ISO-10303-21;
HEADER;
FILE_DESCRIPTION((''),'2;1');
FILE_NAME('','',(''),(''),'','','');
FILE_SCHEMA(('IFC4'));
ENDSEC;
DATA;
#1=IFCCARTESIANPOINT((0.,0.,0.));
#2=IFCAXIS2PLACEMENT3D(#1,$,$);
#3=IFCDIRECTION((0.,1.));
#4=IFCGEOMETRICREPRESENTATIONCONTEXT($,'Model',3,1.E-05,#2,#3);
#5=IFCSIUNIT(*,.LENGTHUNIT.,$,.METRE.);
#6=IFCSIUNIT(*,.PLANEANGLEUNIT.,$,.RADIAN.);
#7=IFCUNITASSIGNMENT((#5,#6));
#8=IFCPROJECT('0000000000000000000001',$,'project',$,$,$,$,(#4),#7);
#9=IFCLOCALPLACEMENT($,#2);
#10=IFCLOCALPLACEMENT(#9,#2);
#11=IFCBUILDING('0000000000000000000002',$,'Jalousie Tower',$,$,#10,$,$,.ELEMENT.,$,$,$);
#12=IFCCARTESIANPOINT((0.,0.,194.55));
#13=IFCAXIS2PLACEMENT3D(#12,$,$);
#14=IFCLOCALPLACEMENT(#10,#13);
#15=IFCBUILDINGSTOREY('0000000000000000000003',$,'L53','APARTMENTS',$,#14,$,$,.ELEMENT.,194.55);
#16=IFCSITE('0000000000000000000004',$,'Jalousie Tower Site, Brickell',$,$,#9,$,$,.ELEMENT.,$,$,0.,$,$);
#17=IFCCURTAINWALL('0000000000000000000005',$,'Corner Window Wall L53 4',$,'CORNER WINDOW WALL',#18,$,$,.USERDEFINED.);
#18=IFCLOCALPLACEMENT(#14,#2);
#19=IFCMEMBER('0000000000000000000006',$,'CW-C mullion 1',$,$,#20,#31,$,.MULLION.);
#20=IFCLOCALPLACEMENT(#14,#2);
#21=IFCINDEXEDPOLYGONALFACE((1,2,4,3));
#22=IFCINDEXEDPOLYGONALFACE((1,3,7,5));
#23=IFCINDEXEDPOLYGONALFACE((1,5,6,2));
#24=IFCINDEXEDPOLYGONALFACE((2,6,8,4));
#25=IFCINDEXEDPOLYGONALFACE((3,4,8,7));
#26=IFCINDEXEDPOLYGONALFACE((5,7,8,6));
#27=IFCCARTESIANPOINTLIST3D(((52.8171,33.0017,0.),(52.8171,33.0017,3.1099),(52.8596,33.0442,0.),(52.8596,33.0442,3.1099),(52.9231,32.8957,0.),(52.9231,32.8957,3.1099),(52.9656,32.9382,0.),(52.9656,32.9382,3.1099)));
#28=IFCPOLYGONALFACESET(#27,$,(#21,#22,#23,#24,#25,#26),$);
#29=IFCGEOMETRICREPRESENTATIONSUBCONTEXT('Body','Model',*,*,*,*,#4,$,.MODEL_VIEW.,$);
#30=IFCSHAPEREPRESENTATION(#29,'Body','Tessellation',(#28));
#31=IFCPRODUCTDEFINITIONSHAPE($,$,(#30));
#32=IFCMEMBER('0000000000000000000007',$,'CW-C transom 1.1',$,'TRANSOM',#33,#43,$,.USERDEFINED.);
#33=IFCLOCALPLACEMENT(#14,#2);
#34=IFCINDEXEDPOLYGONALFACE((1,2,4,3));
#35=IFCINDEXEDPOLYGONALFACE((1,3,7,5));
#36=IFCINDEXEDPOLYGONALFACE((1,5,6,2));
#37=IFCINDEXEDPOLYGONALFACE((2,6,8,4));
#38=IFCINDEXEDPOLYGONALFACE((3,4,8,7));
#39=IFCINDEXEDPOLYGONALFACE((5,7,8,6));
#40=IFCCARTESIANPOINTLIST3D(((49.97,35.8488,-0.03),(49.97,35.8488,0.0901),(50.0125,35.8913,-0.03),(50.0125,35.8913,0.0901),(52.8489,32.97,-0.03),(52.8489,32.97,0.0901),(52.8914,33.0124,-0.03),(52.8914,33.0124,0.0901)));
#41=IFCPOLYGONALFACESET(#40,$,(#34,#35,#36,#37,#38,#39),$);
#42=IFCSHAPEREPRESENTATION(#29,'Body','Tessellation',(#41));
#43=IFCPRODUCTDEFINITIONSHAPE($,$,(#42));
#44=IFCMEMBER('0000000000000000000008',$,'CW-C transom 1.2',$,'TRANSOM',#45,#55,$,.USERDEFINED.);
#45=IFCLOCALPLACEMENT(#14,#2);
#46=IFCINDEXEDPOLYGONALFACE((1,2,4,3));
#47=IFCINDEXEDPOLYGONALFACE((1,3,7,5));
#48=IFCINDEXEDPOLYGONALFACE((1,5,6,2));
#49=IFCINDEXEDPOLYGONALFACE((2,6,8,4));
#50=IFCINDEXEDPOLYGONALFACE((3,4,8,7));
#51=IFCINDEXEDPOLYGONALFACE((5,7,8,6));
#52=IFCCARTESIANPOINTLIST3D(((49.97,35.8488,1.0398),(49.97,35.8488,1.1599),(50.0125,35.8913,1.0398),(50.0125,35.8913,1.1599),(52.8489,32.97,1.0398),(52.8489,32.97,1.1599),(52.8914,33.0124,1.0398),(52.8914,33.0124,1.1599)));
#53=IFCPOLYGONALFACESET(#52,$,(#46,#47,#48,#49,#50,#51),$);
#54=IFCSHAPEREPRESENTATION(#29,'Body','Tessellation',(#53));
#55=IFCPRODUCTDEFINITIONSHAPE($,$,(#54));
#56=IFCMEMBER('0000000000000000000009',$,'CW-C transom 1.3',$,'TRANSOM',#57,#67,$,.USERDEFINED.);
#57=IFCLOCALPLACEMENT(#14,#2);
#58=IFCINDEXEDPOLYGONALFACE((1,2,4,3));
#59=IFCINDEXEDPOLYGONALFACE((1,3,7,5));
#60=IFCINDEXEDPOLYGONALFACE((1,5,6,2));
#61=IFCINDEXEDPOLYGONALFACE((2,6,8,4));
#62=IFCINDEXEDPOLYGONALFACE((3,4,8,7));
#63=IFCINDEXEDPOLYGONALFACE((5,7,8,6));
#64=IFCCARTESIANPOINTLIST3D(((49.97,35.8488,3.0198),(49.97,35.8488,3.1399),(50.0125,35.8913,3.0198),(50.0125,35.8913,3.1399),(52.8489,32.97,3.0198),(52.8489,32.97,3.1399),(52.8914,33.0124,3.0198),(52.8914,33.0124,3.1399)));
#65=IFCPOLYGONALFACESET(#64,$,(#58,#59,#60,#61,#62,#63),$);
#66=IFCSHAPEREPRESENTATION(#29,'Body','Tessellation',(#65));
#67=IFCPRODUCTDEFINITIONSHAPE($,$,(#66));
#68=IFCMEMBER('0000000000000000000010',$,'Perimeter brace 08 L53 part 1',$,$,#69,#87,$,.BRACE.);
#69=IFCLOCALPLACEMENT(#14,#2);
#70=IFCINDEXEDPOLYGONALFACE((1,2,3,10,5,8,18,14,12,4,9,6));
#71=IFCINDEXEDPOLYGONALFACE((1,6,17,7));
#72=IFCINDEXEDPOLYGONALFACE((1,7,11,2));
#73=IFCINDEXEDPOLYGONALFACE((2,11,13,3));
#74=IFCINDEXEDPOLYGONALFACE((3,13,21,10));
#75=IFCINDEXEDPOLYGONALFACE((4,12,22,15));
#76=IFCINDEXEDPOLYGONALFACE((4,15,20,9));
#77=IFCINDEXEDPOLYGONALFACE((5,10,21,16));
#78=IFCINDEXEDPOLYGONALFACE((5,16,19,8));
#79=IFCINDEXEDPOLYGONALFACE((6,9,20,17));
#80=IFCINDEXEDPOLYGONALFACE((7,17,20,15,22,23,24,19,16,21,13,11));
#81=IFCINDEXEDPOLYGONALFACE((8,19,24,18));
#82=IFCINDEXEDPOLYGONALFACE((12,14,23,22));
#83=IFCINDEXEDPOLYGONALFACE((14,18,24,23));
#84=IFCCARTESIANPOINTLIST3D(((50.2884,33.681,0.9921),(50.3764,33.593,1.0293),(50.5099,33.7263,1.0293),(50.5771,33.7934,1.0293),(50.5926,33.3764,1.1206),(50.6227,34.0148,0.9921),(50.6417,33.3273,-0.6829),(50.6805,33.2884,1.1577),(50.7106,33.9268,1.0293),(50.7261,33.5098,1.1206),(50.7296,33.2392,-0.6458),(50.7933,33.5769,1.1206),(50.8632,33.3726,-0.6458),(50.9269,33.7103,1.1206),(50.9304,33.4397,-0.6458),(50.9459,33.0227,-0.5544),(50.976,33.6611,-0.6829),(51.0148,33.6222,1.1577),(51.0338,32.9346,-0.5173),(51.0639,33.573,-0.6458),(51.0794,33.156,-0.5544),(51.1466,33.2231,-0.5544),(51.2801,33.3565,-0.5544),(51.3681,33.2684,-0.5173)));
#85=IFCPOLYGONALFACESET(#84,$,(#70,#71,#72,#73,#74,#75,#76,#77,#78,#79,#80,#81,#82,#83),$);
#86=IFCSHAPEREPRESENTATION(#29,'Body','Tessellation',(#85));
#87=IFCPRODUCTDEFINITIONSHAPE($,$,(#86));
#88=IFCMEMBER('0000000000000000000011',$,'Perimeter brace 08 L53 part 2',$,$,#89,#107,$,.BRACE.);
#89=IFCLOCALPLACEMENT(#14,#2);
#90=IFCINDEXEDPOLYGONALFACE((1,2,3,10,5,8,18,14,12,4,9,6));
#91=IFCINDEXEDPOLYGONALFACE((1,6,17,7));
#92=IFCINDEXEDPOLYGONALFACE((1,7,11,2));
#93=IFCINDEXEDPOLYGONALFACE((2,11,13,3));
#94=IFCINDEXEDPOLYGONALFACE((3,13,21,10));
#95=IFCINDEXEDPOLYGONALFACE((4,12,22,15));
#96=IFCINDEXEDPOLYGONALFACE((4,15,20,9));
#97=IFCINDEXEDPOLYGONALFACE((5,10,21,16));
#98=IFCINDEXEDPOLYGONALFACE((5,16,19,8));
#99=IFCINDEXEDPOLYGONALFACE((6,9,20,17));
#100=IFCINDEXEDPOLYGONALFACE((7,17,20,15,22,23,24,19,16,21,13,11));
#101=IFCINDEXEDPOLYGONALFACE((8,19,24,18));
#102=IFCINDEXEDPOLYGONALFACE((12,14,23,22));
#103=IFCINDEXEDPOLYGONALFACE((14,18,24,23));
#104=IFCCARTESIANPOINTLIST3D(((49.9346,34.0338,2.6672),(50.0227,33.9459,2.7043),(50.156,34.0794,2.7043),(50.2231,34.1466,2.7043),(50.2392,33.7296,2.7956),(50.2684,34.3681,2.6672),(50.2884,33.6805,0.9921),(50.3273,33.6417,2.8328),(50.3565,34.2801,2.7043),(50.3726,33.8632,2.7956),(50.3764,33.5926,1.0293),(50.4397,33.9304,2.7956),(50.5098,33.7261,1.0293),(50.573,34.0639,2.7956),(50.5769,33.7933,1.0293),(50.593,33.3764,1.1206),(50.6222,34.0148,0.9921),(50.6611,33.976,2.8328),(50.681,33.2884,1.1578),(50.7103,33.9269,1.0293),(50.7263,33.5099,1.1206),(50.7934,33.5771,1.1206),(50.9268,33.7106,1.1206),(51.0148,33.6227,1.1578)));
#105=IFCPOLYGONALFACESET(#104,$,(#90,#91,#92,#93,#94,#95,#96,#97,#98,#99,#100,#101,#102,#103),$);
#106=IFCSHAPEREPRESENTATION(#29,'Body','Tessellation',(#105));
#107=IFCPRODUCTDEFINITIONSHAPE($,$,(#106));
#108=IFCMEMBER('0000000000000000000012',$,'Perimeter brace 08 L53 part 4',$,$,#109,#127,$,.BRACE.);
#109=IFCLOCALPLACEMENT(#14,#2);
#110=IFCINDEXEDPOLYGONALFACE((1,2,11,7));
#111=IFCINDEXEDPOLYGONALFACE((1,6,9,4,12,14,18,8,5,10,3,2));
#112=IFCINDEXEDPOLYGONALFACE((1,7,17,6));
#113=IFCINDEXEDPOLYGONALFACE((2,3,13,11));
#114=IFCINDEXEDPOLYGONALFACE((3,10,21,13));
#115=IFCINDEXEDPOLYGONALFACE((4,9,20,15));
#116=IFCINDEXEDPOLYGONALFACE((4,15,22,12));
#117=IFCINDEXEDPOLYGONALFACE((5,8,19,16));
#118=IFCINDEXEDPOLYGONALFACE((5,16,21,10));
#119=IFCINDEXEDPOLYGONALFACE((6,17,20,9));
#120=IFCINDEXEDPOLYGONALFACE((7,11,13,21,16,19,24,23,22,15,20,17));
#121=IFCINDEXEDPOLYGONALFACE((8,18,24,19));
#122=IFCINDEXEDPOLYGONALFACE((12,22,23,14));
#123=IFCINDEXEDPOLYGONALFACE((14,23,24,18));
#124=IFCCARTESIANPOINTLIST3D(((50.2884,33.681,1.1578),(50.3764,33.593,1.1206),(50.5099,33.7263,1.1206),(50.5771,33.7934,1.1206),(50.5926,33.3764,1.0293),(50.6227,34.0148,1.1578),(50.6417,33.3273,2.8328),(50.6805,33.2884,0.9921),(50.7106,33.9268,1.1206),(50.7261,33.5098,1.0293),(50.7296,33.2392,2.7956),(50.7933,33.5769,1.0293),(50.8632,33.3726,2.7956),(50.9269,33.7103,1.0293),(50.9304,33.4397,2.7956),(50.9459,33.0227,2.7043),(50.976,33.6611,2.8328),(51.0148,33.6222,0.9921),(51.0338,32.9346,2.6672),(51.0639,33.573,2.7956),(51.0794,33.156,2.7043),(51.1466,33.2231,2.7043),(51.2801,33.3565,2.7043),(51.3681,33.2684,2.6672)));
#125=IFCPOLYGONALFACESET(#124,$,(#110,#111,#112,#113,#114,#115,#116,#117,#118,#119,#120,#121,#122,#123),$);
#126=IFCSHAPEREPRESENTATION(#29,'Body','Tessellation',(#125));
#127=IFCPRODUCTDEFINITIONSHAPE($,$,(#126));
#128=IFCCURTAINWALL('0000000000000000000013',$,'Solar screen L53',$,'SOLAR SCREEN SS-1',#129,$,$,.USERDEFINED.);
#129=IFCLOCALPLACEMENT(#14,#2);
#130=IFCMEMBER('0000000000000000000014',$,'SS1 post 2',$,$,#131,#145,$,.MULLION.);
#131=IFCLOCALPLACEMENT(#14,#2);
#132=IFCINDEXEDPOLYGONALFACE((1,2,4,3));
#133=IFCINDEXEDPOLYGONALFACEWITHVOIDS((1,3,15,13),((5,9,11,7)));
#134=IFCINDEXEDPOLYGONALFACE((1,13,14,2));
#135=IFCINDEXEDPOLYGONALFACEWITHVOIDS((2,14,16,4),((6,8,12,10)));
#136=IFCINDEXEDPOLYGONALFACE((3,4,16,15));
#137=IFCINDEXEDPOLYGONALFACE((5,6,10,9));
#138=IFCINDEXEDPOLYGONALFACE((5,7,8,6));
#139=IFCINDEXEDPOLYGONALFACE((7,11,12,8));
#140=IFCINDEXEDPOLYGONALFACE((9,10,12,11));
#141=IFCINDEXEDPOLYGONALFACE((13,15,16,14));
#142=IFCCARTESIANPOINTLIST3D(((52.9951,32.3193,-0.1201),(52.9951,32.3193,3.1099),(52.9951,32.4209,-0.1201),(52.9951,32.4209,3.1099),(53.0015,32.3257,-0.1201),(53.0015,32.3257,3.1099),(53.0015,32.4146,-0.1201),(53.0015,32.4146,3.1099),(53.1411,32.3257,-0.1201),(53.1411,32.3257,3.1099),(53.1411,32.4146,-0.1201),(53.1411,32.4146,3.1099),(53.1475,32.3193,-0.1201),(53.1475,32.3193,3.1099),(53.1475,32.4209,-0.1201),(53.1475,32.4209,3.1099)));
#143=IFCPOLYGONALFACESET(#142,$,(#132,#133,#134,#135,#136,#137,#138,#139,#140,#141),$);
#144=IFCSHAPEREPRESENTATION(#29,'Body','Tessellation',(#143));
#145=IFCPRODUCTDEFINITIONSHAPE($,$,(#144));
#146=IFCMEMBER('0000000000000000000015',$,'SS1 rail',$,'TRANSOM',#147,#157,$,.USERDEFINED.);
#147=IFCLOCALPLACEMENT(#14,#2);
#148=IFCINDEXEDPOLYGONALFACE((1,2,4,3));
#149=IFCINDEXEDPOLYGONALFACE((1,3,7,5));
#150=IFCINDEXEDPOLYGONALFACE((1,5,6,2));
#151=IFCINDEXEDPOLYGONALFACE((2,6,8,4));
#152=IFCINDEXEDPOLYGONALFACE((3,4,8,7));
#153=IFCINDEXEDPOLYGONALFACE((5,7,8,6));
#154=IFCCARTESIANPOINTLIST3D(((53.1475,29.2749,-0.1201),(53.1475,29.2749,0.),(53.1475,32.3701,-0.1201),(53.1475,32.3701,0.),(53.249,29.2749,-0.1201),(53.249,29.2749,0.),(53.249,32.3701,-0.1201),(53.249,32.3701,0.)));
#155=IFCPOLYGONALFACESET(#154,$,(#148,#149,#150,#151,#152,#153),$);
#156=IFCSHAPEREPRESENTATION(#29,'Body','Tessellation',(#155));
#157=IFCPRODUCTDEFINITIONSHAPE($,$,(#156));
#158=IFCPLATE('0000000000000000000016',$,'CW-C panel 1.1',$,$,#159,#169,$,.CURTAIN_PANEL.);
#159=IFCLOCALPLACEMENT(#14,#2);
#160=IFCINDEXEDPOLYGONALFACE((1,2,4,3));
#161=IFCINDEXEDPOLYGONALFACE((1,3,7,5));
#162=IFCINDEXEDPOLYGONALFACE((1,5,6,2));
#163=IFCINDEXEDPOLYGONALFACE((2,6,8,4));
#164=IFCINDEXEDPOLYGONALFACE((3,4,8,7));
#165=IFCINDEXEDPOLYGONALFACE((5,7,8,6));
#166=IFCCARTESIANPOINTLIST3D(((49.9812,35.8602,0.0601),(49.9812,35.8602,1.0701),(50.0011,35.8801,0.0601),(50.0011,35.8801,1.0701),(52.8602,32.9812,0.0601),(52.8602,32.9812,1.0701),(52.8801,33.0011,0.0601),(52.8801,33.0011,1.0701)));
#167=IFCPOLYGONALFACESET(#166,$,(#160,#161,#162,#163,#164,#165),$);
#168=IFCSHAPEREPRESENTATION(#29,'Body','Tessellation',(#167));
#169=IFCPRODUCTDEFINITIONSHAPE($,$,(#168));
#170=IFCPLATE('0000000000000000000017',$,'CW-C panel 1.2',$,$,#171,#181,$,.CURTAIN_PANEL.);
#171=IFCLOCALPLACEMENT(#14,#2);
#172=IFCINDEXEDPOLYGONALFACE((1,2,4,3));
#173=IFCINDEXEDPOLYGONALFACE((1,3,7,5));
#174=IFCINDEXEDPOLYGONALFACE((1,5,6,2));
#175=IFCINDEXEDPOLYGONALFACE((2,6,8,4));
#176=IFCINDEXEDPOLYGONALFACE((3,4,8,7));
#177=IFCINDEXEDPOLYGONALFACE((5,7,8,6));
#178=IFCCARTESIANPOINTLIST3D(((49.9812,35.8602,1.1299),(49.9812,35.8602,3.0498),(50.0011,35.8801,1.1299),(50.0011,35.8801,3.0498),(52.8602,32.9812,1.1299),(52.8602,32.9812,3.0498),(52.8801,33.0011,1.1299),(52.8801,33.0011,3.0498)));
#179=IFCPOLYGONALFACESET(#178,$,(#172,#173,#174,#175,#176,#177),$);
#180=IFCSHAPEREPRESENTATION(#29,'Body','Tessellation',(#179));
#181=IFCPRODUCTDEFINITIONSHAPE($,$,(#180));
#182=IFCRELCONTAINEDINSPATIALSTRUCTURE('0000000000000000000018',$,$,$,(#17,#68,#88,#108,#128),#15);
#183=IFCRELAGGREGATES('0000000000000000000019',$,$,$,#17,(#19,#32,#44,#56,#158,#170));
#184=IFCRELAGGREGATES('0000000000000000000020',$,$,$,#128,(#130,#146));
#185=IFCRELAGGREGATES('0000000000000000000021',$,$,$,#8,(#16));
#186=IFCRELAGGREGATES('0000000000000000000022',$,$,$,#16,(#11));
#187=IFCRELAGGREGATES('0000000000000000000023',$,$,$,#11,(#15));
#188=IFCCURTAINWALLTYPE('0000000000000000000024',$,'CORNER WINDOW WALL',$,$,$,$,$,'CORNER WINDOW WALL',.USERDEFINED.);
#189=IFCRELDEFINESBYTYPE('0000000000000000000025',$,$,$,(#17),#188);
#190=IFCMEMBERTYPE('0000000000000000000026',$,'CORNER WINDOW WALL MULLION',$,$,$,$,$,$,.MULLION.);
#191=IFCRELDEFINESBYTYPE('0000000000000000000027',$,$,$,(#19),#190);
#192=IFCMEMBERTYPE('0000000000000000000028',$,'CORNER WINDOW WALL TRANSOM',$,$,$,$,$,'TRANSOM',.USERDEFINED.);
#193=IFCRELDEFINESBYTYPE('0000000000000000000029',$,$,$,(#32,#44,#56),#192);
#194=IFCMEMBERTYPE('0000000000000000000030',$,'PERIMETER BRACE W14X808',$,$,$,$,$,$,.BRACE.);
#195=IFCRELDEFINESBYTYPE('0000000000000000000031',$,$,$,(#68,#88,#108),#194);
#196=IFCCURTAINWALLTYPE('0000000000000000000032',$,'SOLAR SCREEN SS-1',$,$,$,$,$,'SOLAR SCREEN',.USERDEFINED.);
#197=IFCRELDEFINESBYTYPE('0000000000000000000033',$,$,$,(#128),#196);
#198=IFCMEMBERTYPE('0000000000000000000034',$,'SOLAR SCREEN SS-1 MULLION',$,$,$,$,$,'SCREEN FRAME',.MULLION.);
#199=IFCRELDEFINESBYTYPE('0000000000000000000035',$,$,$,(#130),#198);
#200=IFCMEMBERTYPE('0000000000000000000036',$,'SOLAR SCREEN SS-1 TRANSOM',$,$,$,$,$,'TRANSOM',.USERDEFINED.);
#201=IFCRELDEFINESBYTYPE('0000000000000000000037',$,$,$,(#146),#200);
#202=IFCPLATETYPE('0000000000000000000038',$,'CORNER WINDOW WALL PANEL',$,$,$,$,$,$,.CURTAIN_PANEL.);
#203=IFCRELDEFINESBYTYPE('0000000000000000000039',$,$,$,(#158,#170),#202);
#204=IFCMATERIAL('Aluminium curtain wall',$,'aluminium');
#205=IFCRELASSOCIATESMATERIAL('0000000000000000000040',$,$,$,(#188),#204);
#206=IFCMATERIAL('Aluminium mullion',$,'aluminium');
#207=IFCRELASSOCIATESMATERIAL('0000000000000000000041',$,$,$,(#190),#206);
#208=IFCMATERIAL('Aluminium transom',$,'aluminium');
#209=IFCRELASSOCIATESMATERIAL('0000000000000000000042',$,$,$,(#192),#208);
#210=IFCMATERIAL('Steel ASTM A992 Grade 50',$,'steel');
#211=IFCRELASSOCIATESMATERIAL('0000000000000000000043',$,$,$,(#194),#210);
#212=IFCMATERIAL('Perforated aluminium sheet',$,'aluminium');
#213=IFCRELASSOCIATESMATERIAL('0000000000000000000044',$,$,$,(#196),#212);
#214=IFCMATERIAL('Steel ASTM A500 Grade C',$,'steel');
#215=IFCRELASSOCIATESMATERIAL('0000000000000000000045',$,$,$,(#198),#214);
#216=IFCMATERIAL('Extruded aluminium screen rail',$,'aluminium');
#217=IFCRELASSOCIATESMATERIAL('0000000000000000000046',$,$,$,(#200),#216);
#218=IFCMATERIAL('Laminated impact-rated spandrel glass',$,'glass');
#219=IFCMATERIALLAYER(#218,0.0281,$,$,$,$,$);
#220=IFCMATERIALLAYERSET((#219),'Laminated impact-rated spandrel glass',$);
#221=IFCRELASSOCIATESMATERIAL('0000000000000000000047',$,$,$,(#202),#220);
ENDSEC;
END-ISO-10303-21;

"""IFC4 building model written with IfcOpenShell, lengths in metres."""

from ifc_helpers import new_model, si_unit, direction, frame, origin, origin_2d, place, context, subcontext, project, spatial, rectangle, hollow_rectangle, i_section, extrude, material, layer, layer_set, material_profile, profile_set, type_object, element, aggregate, save


model = new_model("IFC4")

# Units and contexts
model_context = context("Model", 3, precision=1e-05, world=origin(), true_north=direction((0.0, 1.0)))
body_context = subcontext(model_context, "Body", "Model", "MODEL_VIEW")
ifc_project = project(units=[si_unit("LENGTHUNIT", "METRE"), si_unit("PLANEANGLEUNIT", "RADIAN")], contexts=[model_context])

# Site, building, storey
site_placement = place(None, origin())
site = spatial("IfcSite", under=ifc_project, at=site_placement, Name="Jalousie Tower Site, Brickell", CompositionType="ELEMENT", RefElevation=0.0)
building_placement = place(site_placement, origin())
building = spatial("IfcBuilding", under=site, at=building_placement, Name="Jalousie Tower", CompositionType="ELEMENT")
storey_placement = place(building_placement, frame((0.0, 0.0, 194.55)))
storey = spatial("IfcBuildingStorey", under=building, at=storey_placement, Name="L53", Description="APARTMENTS", CompositionType="ELEMENT", Elevation=194.55)

# Curtain wall, members
ifc_material_1 = material(Name="Aluminium curtain wall", Category="aluminium")
curtain_wall_type_1 = type_object("IfcCurtainWallType", Name="CORNER WINDOW WALL", ElementType="CORNER WINDOW WALL", PredefinedType="USERDEFINED", material=ifc_material_1)
curtain_wall_1_placement = place(storey_placement, origin())
curtain_wall_1 = element("IfcCurtainWall", 1, at=curtain_wall_1_placement, inside=storey, type_object=curtain_wall_type_1, Name="Corner Window Wall L53 4", ObjectType="CORNER WINDOW WALL", PredefinedType="USERDEFINED")
ifc_material_2 = material(Name="Aluminium mullion", Category="aluminium")
ifc_material_profile_1 = material_profile(ifc_material_2, rectangle(XDim=0.0601, YDim=0.1499, at=origin_2d()), Name="MULLION 60x150")
ifc_profile_set_1 = profile_set([ifc_material_profile_1], Name="Aluminium mullion")
member_type_1 = type_object("IfcMemberType", Name="CORNER WINDOW WALL MULLION", PredefinedType="MULLION", material=ifc_profile_set_1)
member_1_placement = place(storey_placement, frame((52.8914, 32.97, 0.0), z_axis=(0.0, 0.0, 1.0), x_axis=(-0.707107, -0.707107, 0.0)))
member_1 = element("IfcMember", 2, at=member_1_placement, type_object=member_type_1, Name="CW-C mullion 1", PredefinedType="MULLION", context=body_context, shape_type="SweptSolid", body=[
    extrude(rectangle(XDim=0.0601, YDim=0.1499, at=origin_2d()), origin(), (0.0, 0.0, 1.0), 3.1099),
])
ifc_material_3 = material(Name="Aluminium transom", Category="aluminium")
ifc_material_profile_2 = material_profile(ifc_material_3, rectangle(XDim=0.0601, YDim=0.1201, at=origin_2d()), Name="TRANSOM 60x120")
ifc_profile_set_2 = profile_set([ifc_material_profile_2], Name="Aluminium transom")
member_type_2 = type_object("IfcMemberType", Name="CORNER WINDOW WALL TRANSOM", ElementType="TRANSOM", PredefinedType="USERDEFINED", material=ifc_profile_set_2)
member_2_placement = place(storey_placement, frame((52.8701, 32.9912, 0.03), z_axis=(-0.707107, 0.707107, 0.0), x_axis=(-0.707107, -0.707107, 0.0)))
member_2 = element("IfcMember", 3, at=member_2_placement, type_object=member_type_2, Name="CW-C transom 1.1", ObjectType="TRANSOM", PredefinedType="USERDEFINED", context=body_context, shape_type="SweptSolid", body=[
    extrude(rectangle(XDim=0.0601, YDim=0.1201, at=origin_2d()), origin(), (0.0, 0.0, 1.0), 4.0713),
])
member_3_placement = place(storey_placement, frame((52.8701, 32.9912, 1.0999), z_axis=(-0.707107, 0.707107, 0.0), x_axis=(-0.707107, -0.707107, 0.0)))
member_3 = element("IfcMember", 4, at=member_3_placement, type_object=member_type_2, Name="CW-C transom 1.2", ObjectType="TRANSOM", PredefinedType="USERDEFINED", context=body_context, shape_type="SweptSolid", body=[
    extrude(rectangle(XDim=0.0601, YDim=0.1201, at=origin_2d()), origin(), (0.0, 0.0, 1.0), 4.0713),
])
member_4_placement = place(storey_placement, frame((52.8701, 32.9912, 3.0798), z_axis=(-0.707107, 0.707107, 0.0), x_axis=(-0.707107, -0.707107, 0.0)))
member_4 = element("IfcMember", 5, at=member_4_placement, type_object=member_type_2, Name="CW-C transom 1.3", ObjectType="TRANSOM", PredefinedType="USERDEFINED", context=body_context, shape_type="SweptSolid", body=[
    extrude(rectangle(XDim=0.0601, YDim=0.1201, at=origin_2d()), origin(), (0.0, 0.0, 1.0), 4.0713),
])

# Members
ifc_material_4 = material(Name="Steel ASTM A992 Grade 50", Category="steel")
ifc_material_profile_3 = material_profile(ifc_material_4, i_section(OverallWidth=0.4724, OverallDepth=0.5791, WebThickness=0.095, FlangeThickness=0.1299, at=origin_2d()), Name="W14X808")
ifc_profile_set_3 = profile_set([ifc_material_profile_3], Name="Steel ASTM A992 Grade 50")
member_type_3 = type_object("IfcMemberType", Name="PERIMETER BRACE W14X808", PredefinedType="BRACE", material=ifc_profile_set_3)
for number, where, z_axis, x_axis, name in (
    (6, (51.0049, 33.2979, -0.6001), (-0.202093, 0.202372, 0.95823), (-0.707595, -0.706618, 0.0), "Perimeter brace 08 L53 part 1"),
    (7, (50.6516, 33.6516, 1.075), (-0.202372, 0.202093, 0.95823), (-0.706618, -0.707595, 0.0), "Perimeter brace 08 L53 part 2"),
    (8, (50.6516, 33.6516, 1.075), (0.202093, -0.202372, 0.95823), (0.707595, 0.706618, 0.0), "Perimeter brace 08 L53 part 4"),
):
    element("IfcMember", number, at=place(storey_placement, frame(where, z_axis=z_axis, x_axis=x_axis)), inside=storey, type_object=member_type_3, Name=name, PredefinedType="BRACE", context=body_context, shape_type="SweptSolid", body=[
        extrude(i_section(OverallWidth=0.4724, OverallDepth=0.5791, WebThickness=0.095, FlangeThickness=0.1299, at=origin_2d()), origin(), (0.0, 0.0, 1.0), 1.748),
    ])

# Curtain wall, members
ifc_material_5 = material(Name="Perforated aluminium sheet", Category="aluminium")
curtain_wall_type_2 = type_object("IfcCurtainWallType", Name="SOLAR SCREEN SS-1", ElementType="SOLAR SCREEN", PredefinedType="USERDEFINED", material=ifc_material_5)
curtain_wall_2_placement = place(storey_placement, origin())
curtain_wall_2 = element("IfcCurtainWall", 9, at=curtain_wall_2_placement, inside=storey, type_object=curtain_wall_type_2, Name="Solar screen L53", ObjectType="SOLAR SCREEN SS-1", PredefinedType="USERDEFINED")
ifc_material_6 = material(Name="Steel ASTM A500 Grade C", Category="steel")
ifc_material_profile_4 = material_profile(ifc_material_6, hollow_rectangle(XDim=0.1016, YDim=0.1523, WallThickness=0.0063, at=origin_2d()), Name="HSS6X4X1/4")
ifc_profile_set_4 = profile_set([ifc_material_profile_4], Name="Steel ASTM A500 Grade C")
member_type_4 = type_object("IfcMemberType", Name="SOLAR SCREEN SS-1 MULLION", ElementType="SCREEN FRAME", PredefinedType="MULLION", material=ifc_profile_set_4)
member_5_placement = place(storey_placement, frame((53.0713, 32.3701, -0.1201), z_axis=(0.0, 0.0, 1.0), x_axis=(0.0, 1.0, 0.0)))
member_5 = element("IfcMember", 10, at=member_5_placement, type_object=member_type_4, Name="SS1 post 2", PredefinedType="MULLION", context=body_context, shape_type="SweptSolid", body=[
    extrude(hollow_rectangle(XDim=0.1016, YDim=0.1523, WallThickness=0.0063, at=origin_2d()), origin(), (0.0, 0.0, 1.0), 3.23),
])
ifc_material_7 = material(Name="Extruded aluminium screen rail", Category="aluminium")
ifc_material_profile_5 = material_profile(ifc_material_7, rectangle(XDim=0.1016, YDim=0.1201, at=origin_2d()), Name="RAIL 102x120")
ifc_profile_set_5 = profile_set([ifc_material_profile_5], Name="Extruded aluminium screen rail")
member_type_5 = type_object("IfcMemberType", Name="SOLAR SCREEN SS-1 TRANSOM", ElementType="TRANSOM", PredefinedType="USERDEFINED", material=ifc_profile_set_5)
member_6_placement = place(storey_placement, frame((53.1982, 29.2749, -0.0601), z_axis=(0.0, 1.0, 0.0), x_axis=(-1.0, 0.0, 0.0)))
member_6 = element("IfcMember", 11, at=member_6_placement, type_object=member_type_5, Name="SS1 rail", ObjectType="TRANSOM", PredefinedType="USERDEFINED", context=body_context, shape_type="SweptSolid", body=[
    extrude(rectangle(XDim=0.1016, YDim=0.1201, at=origin_2d()), origin(), (0.0, 0.0, 1.0), 3.0952),
])

# Plates
ifc_material_8 = material(Name="Laminated impact-rated spandrel glass", Category="glass")
ifc_layer_1 = layer(ifc_material_8, 0.0281)
ifc_layer_set_1 = layer_set([ifc_layer_1], Name="Laminated impact-rated spandrel glass")
plate_type_1 = type_object("IfcPlateType", Name="CORNER WINDOW WALL PANEL", PredefinedType="CURTAIN_PANEL", material=ifc_layer_set_1)
plate_1_placement = place(storey_placement, frame((51.4307, 34.4307, 0.0601), z_axis=(0.0, 0.0, 1.0), x_axis=(-0.707107, 0.707107, 0.0)))
plate_1 = element("IfcPlate", 12, at=plate_1_placement, type_object=plate_type_1, Name="CW-C panel 1.1", PredefinedType="CURTAIN_PANEL", context=body_context, shape_type="SweptSolid", body=[
    extrude(rectangle(XDim=4.0715, YDim=0.0281, at=origin_2d()), origin(), (0.0, 0.0, 1.0), 1.01),
])
plate_2_placement = place(storey_placement, frame((51.4307, 34.4307, 1.1299), z_axis=(0.0, 0.0, 1.0), x_axis=(-0.707107, 0.707107, 0.0)))
plate_2 = element("IfcPlate", 13, at=plate_2_placement, type_object=plate_type_1, Name="CW-C panel 1.2", PredefinedType="CURTAIN_PANEL", context=body_context, shape_type="SweptSolid", body=[
    extrude(rectangle(XDim=4.0715, YDim=0.0281, at=origin_2d()), origin(), (0.0, 0.0, 1.0), 1.9199),
])
aggregate(curtain_wall_1, [member_1, member_2, member_3, member_4, plate_1, plate_2])
aggregate(curtain_wall_2, [member_5, member_6])

save(model, "model.ifc")
